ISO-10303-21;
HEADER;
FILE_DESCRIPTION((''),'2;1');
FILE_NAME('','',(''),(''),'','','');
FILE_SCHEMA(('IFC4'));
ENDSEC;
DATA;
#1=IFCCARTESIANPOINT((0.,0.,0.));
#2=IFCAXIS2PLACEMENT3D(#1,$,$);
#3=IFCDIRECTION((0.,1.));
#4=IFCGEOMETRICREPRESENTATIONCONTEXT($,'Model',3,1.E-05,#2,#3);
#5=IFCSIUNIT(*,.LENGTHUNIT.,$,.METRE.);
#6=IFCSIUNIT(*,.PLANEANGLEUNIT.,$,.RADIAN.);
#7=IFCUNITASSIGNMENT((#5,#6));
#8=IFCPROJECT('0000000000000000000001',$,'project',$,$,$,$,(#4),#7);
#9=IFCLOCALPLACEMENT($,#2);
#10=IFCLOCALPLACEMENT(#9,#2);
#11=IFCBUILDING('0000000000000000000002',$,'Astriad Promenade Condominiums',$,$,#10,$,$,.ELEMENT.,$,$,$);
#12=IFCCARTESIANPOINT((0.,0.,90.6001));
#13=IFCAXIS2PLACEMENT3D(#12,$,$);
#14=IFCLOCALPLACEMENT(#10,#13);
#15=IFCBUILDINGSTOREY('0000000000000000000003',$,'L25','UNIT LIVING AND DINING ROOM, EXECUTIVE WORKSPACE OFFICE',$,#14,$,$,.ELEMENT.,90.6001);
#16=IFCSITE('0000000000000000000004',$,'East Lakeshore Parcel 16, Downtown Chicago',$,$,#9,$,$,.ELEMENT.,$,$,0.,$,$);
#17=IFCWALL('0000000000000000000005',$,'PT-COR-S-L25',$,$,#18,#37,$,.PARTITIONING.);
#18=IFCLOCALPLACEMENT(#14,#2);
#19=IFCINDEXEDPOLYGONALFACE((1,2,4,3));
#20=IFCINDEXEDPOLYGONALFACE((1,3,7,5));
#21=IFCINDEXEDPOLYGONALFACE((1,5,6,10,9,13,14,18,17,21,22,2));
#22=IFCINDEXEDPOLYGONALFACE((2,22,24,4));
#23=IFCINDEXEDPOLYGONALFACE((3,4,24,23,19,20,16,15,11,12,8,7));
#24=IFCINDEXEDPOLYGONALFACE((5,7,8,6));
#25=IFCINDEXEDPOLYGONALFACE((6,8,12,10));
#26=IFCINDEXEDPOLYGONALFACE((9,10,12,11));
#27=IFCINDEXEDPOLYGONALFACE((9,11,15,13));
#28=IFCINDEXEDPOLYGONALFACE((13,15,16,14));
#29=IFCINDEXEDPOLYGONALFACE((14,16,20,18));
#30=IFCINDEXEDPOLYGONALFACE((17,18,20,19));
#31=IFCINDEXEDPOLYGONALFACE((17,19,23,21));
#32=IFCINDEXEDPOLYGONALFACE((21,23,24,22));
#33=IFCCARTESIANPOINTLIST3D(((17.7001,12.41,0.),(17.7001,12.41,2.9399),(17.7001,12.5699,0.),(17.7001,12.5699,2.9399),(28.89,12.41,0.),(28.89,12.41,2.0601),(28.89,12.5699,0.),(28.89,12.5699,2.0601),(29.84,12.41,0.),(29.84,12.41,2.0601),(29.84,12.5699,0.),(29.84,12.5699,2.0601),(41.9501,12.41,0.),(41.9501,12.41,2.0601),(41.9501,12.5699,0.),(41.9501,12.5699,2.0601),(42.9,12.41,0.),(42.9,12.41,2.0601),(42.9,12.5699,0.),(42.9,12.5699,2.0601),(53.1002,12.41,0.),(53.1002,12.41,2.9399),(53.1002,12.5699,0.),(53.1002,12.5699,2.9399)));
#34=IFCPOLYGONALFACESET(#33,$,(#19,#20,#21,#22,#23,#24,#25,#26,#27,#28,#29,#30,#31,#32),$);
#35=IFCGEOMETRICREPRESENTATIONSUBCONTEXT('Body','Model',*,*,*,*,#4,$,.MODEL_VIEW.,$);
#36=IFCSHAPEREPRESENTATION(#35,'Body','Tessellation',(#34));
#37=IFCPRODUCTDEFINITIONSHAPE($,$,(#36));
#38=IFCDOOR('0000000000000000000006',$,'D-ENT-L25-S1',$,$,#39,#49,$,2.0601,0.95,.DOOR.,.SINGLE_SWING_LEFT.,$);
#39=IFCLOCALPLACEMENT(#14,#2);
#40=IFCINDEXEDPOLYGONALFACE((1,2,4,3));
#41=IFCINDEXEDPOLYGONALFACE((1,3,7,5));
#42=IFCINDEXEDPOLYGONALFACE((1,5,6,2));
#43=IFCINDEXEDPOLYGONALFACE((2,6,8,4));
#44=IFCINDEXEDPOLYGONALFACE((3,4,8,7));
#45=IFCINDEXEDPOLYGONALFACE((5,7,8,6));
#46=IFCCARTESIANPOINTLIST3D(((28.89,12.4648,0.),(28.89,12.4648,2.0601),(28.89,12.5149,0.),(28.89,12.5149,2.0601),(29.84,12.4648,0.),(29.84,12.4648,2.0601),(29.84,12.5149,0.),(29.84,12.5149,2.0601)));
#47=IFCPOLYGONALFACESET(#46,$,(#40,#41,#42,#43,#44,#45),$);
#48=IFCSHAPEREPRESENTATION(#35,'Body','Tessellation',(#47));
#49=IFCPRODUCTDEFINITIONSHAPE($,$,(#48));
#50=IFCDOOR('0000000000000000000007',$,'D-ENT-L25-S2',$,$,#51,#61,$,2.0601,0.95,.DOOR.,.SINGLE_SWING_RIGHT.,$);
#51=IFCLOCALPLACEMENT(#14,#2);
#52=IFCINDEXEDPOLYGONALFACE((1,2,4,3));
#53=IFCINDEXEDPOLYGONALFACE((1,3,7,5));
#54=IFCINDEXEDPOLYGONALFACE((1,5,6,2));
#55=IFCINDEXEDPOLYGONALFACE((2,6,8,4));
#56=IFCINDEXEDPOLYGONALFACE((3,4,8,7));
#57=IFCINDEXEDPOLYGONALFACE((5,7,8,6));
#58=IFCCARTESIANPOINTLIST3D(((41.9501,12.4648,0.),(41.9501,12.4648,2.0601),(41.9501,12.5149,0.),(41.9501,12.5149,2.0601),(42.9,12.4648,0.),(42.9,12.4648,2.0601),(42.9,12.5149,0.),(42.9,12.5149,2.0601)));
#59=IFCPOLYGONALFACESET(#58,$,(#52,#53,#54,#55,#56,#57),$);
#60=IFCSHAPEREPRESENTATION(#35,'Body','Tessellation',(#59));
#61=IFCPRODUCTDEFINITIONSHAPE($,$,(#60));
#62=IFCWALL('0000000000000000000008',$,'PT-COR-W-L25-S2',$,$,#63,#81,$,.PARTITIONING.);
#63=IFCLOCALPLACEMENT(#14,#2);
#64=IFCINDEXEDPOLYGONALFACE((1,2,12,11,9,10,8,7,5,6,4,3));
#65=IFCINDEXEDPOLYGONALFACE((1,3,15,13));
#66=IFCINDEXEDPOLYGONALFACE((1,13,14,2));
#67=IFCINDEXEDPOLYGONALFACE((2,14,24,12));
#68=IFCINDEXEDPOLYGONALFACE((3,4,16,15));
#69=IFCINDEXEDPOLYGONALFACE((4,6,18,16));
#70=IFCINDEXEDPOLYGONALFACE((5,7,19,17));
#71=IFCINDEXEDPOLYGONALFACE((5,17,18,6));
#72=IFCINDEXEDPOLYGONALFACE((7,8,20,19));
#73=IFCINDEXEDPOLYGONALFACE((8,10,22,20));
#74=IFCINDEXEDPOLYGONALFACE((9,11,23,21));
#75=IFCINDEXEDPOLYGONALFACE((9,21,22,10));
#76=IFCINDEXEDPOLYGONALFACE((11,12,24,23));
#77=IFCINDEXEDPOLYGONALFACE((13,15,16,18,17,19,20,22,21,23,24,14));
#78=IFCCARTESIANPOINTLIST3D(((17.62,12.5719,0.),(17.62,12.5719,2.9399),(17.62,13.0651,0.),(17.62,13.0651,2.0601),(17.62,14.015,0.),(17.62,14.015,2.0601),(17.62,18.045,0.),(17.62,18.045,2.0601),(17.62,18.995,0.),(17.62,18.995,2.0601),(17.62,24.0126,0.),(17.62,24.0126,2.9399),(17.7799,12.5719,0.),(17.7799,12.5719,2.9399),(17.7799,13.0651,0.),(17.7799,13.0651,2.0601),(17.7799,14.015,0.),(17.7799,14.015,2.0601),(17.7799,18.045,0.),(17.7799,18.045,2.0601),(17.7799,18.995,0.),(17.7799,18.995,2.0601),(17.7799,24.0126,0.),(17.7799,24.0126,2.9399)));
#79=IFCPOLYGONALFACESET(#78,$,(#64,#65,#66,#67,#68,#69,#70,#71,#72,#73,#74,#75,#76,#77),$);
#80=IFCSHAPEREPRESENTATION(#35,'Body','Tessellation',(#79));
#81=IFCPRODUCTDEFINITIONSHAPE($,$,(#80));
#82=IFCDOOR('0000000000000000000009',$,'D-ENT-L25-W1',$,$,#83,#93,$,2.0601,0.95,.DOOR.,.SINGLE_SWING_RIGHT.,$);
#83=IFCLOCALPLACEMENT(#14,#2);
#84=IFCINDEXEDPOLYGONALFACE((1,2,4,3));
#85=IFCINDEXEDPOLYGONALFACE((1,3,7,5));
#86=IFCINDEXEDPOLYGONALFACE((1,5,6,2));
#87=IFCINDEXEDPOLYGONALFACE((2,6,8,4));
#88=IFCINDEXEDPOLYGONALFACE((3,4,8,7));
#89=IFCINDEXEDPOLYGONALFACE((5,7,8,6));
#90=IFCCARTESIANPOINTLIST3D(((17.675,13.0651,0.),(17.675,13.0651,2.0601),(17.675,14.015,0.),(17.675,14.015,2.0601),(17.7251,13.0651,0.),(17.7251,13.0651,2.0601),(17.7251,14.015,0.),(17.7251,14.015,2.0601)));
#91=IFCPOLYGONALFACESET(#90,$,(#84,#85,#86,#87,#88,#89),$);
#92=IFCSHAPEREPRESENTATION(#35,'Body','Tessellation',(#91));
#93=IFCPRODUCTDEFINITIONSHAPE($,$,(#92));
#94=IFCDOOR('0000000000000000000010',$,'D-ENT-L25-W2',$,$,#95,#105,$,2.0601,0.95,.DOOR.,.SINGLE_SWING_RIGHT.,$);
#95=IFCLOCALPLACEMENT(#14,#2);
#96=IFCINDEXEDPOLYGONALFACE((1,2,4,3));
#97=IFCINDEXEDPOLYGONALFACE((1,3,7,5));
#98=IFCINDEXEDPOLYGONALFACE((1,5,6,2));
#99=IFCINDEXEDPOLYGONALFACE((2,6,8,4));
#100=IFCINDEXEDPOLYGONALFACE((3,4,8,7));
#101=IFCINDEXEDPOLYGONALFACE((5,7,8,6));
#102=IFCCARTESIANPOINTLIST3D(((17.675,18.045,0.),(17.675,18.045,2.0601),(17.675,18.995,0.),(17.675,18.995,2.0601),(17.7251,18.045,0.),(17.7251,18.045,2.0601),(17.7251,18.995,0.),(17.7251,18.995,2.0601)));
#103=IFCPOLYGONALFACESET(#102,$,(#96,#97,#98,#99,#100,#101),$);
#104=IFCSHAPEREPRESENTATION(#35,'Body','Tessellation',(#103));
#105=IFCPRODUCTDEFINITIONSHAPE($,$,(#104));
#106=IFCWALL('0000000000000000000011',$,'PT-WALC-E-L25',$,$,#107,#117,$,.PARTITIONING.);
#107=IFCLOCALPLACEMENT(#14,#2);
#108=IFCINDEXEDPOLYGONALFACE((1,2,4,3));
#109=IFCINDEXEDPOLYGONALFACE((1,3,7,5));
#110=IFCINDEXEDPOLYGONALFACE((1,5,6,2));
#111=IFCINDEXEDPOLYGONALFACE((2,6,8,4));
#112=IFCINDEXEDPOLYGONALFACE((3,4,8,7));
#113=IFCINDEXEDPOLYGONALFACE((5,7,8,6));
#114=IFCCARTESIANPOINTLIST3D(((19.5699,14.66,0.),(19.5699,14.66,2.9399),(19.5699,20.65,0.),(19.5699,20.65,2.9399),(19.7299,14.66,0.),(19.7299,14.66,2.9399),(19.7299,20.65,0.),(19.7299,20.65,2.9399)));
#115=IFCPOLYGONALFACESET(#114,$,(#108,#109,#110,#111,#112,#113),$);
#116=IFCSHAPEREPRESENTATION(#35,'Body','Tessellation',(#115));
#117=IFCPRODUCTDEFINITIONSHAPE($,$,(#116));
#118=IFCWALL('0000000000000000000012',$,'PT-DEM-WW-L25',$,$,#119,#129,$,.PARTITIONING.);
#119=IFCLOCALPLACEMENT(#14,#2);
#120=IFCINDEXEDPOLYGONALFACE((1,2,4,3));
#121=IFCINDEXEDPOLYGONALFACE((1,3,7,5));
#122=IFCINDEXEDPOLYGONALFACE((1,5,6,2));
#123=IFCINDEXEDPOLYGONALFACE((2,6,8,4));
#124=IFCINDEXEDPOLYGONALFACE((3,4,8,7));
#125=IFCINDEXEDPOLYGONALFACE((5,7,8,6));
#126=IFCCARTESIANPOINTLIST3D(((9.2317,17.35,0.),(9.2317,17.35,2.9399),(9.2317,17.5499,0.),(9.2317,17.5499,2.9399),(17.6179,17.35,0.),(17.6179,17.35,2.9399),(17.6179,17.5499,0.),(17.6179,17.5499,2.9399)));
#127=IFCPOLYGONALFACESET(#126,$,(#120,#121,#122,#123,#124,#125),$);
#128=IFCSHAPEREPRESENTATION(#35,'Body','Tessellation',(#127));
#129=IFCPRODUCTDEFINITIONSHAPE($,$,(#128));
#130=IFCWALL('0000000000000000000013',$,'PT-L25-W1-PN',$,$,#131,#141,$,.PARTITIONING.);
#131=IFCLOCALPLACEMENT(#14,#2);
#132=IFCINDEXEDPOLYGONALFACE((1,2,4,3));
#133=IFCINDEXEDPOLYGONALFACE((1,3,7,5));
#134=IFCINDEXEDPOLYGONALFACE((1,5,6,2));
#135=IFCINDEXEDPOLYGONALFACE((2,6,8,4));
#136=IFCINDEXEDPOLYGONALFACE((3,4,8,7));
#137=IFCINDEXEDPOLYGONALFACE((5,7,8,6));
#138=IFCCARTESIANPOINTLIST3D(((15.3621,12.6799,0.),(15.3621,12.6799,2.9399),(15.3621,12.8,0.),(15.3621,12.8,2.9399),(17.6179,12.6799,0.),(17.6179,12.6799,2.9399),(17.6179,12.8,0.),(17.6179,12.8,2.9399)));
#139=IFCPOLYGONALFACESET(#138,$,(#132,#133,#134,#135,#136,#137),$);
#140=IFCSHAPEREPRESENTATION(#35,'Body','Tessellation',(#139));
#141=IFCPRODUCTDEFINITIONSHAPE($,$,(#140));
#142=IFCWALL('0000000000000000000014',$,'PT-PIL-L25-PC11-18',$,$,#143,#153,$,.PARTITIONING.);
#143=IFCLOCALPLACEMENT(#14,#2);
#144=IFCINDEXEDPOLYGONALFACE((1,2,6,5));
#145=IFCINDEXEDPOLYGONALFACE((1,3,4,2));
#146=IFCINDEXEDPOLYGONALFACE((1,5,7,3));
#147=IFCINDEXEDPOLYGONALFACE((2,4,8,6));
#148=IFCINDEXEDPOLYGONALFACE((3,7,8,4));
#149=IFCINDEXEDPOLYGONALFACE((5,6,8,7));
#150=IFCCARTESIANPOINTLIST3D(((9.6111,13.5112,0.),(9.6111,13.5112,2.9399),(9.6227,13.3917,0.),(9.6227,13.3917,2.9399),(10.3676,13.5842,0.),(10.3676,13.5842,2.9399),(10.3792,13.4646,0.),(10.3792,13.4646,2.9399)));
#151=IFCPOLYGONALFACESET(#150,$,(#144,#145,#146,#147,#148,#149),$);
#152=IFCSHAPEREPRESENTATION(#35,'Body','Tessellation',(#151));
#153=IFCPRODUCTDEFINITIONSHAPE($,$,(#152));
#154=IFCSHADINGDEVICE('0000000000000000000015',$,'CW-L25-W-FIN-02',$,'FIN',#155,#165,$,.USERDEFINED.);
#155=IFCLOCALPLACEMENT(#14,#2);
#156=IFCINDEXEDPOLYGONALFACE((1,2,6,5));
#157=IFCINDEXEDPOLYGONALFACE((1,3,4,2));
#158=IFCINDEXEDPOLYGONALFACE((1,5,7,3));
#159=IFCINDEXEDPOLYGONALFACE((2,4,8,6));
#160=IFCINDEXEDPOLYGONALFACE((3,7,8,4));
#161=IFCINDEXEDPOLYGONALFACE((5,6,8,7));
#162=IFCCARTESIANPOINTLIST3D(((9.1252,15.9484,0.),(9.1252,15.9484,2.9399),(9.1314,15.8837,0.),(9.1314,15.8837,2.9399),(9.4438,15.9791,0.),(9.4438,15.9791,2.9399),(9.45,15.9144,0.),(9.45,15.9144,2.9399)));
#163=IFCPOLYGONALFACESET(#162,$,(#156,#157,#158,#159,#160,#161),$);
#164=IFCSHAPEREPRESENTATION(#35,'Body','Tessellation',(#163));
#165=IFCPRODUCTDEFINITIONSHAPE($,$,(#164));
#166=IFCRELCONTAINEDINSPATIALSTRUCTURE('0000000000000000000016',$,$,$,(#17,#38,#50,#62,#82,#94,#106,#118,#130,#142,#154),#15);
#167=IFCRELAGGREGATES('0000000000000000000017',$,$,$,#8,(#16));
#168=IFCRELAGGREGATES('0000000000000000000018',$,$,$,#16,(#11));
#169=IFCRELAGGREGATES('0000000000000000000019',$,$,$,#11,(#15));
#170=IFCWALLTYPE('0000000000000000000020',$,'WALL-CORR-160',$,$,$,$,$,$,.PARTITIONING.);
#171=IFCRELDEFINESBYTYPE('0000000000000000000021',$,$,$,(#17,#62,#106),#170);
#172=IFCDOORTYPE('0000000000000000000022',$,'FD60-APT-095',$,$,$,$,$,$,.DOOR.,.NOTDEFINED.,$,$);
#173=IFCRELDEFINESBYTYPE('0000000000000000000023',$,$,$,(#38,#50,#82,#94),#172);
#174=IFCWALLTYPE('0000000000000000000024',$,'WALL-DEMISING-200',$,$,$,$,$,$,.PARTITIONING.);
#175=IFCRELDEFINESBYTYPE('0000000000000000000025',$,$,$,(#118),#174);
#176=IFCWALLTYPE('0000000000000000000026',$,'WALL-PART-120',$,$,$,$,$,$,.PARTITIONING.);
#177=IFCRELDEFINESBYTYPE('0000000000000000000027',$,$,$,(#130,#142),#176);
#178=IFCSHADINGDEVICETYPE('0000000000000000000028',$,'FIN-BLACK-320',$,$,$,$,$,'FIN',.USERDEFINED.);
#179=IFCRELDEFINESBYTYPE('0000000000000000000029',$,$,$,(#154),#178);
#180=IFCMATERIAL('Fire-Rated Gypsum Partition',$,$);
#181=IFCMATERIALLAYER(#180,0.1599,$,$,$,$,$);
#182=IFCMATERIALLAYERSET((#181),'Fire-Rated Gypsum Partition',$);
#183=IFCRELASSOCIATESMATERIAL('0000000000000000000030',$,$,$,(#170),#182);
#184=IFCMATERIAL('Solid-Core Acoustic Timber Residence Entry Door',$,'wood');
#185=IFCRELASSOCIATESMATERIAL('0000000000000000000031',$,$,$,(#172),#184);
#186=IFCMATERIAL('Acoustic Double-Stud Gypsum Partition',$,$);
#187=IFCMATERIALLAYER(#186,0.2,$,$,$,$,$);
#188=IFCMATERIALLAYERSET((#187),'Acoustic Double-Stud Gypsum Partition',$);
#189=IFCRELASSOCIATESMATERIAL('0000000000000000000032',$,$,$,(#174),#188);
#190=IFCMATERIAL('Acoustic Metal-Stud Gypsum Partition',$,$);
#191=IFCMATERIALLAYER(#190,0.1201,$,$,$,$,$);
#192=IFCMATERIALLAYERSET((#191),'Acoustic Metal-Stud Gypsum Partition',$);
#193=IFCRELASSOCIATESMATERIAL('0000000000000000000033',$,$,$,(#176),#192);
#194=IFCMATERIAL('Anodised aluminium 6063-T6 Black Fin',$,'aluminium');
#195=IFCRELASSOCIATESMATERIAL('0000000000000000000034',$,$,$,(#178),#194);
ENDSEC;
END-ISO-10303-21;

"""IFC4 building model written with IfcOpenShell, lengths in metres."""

from ifc_helpers import new_model, si_unit, direction, frame, frame_2d, origin, origin_2d, place, context, subcontext, project, spatial, rectangle, extrude, source, transform, mapped, material, layer, layer_set, type_object, type_shapes, element, fill, save


model = new_model("IFC4")

# Units and contexts
model_context = context("Model", 3, precision=1e-05, world=origin(), true_north=direction((0.0, 1.0)))
body_context = subcontext(model_context, "Body", "Model", "MODEL_VIEW")
ifc_project = project(units=[si_unit("LENGTHUNIT", "METRE"), si_unit("PLANEANGLEUNIT", "RADIAN")], contexts=[model_context])

# Site, building, storey
site_placement = place(None, origin())
site = spatial("IfcSite", under=ifc_project, at=site_placement, Name="East Lakeshore Parcel 16, Downtown Chicago", CompositionType="ELEMENT", RefElevation=0.0)
building_placement = place(site_placement, origin())
building = spatial("IfcBuilding", under=site, at=building_placement, Name="Astriad Promenade Condominiums", CompositionType="ELEMENT")
storey_placement = place(building_placement, frame((0.0, 0.0, 90.6001)))
storey = spatial("IfcBuildingStorey", under=building, at=storey_placement, Name="L25", Description="UNIT LIVING AND DINING ROOM, EXECUTIVE WORKSPACE OFFICE", CompositionType="ELEMENT", Elevation=90.6001)

# Walls, openings, doors
ifc_material_1 = material(Name="Fire-Rated Gypsum Partition")
ifc_layer_1 = layer(ifc_material_1, 0.1599)
ifc_layer_set_1 = layer_set([ifc_layer_1], Name="Fire-Rated Gypsum Partition")
wall_type_1 = type_object("IfcWallType", Name="WALL-CORR-160", PredefinedType="PARTITIONING", material=ifc_layer_set_1)
wall_1_placement = place(storey_placement, frame((17.7, 12.49, 0.0), z_axis=(0.0, 0.0, 1.0), x_axis=(1.0, 0.0, 0.0)))
wall_1 = element("IfcWall", 1, at=wall_1_placement, inside=storey, type_object=wall_type_1, Name="PT-COR-S-L25", PredefinedType="PARTITIONING", context=body_context, shape_type="SweptSolid", body=[
    extrude(rectangle(XDim=35.4001, YDim=0.1599, at=frame_2d((17.7002, 0.0))), origin(), (0.0, 0.0, 1.0), 2.9399),
])
opening_1_placement = place(wall_1_placement, frame((11.1899, 0.0, 0.0)))
opening_1 = element("IfcOpeningElement", 2, at=opening_1_placement, cuts=wall_1, PredefinedType="OPENING", context=body_context, shape_type="SweptSolid", body=[
    extrude(rectangle(XDim=0.95, YDim=2.0601, at=frame_2d((0.4751, 1.03))), frame((0.0, 0.0898, 0.0), z_axis=(0.0, -1.0, 0.0), x_axis=(1.0, 0.0, 0.0)), (0.0, 0.0, 1.0), 0.1799),
])
opening_2_placement = place(wall_1_placement, frame((24.25, 0.0, 0.0)))
opening_2 = element("IfcOpeningElement", 3, at=opening_2_placement, cuts=wall_1, PredefinedType="OPENING", context=body_context, shape_type="SweptSolid", body=[
    extrude(rectangle(XDim=0.95, YDim=2.0601, at=frame_2d((0.4751, 1.03))), frame((0.0, 0.0898, 0.0), z_axis=(0.0, -1.0, 0.0), x_axis=(1.0, 0.0, 0.0)), (0.0, 0.0, 1.0), 0.1799),
])
ifc_material_2 = material(Name="Solid-Core Acoustic Timber Residence Entry Door", Category="wood")
door_type = type_object("IfcDoorType", Name="FD60-APT-095", OperationType="NOTDEFINED", PredefinedType="DOOR", material=ifc_material_2)
shared_shape_1 = source(origin(), body_context, "Body", "SweptSolid", [
    extrude(rectangle(XDim=0.95, YDim=2.0601, at=frame_2d((0.4751, 1.03))), frame((0.0, 0.0249, 0.0), z_axis=(0.0, -1.0, 0.0), x_axis=(1.0, 0.0, 0.0)), (0.0, 0.0, 1.0), 0.05),
])
type_shapes(door_type, [shared_shape_1])
door_1_placement = place(opening_1_placement, origin())
door_1 = element("IfcDoor", 4, at=door_1_placement, inside=storey, type_object=door_type, Name="D-ENT-L25-S1", OperationType="SINGLE_SWING_LEFT", OverallHeight=2.0601, OverallWidth=0.95, PredefinedType="DOOR", context=body_context, shape_type="MappedRepresentation", body=[
    mapped(shared_shape_1, transform((0.0, 0.0, 0.0), scale=1.0)),
])
fill(opening_1, door_1)
door_2_placement = place(opening_2_placement, origin())
door_2 = element("IfcDoor", 5, at=door_2_placement, inside=storey, type_object=door_type, Name="D-ENT-L25-S2", OperationType="SINGLE_SWING_RIGHT", OverallHeight=2.0601, OverallWidth=0.95, PredefinedType="DOOR", context=body_context, shape_type="MappedRepresentation", body=[
    mapped(shared_shape_1, transform((0.0, 0.0, 0.0), scale=1.0)),
])
fill(opening_2, door_2)
wall_2_placement = place(storey_placement, frame((17.7, 12.572, 0.0), z_axis=(0.0, 0.0, 1.0), x_axis=(0.0, 1.0, 0.0)))
wall_2 = element("IfcWall", 6, at=wall_2_placement, inside=storey, type_object=wall_type_1, Name="PT-COR-W-L25-S2", PredefinedType="PARTITIONING", context=body_context, shape_type="SweptSolid", body=[
    extrude(rectangle(XDim=11.4407, YDim=0.1599, at=frame_2d((5.7202, 0.0))), origin(), (0.0, 0.0, 1.0), 2.9399),
])
opening_3_placement = place(wall_2_placement, frame((0.4929, 0.0, 0.0)))
opening_3 = element("IfcOpeningElement", 7, at=opening_3_placement, cuts=wall_2, PredefinedType="OPENING", context=body_context, shape_type="SweptSolid", body=[
    extrude(rectangle(XDim=0.95, YDim=2.0601, at=frame_2d((0.4751, 1.03))), frame((0.0, 0.0898, 0.0), z_axis=(0.0, -1.0, 0.0), x_axis=(1.0, 0.0, 0.0)), (0.0, 0.0, 1.0), 0.1799),
])
opening_4_placement = place(wall_2_placement, frame((5.4729, 0.0, 0.0)))
opening_4 = element("IfcOpeningElement", 8, at=opening_4_placement, cuts=wall_2, PredefinedType="OPENING", context=body_context, shape_type="SweptSolid", body=[
    extrude(rectangle(XDim=0.95, YDim=2.0601, at=frame_2d((0.4751, 1.03))), frame((0.0, 0.0898, 0.0), z_axis=(0.0, -1.0, 0.0), x_axis=(1.0, 0.0, 0.0)), (0.0, 0.0, 1.0), 0.1799),
])
door_3_placement = place(opening_3_placement, origin())
door_3 = element("IfcDoor", 9, at=door_3_placement, inside=storey, type_object=door_type, Name="D-ENT-L25-W1", OperationType="SINGLE_SWING_RIGHT", OverallHeight=2.0601, OverallWidth=0.95, PredefinedType="DOOR", context=body_context, shape_type="MappedRepresentation", body=[
    mapped(shared_shape_1, transform((0.0, 0.0, 0.0), scale=1.0)),
])
fill(opening_3, door_3)
door_4_placement = place(opening_4_placement, origin())
door_4 = element("IfcDoor", 10, at=door_4_placement, inside=storey, type_object=door_type, Name="D-ENT-L25-W2", OperationType="SINGLE_SWING_RIGHT", OverallHeight=2.0601, OverallWidth=0.95, PredefinedType="DOOR", context=body_context, shape_type="MappedRepresentation", body=[
    mapped(shared_shape_1, transform((0.0, 0.0, 0.0), scale=1.0)),
])
fill(opening_4, door_4)

# Walls
wall_3_placement = place(storey_placement, frame((19.6499, 14.6599, 0.0), z_axis=(0.0, 0.0, 1.0), x_axis=(0.0, 1.0, 0.0)))
element("IfcWall", 11, at=wall_3_placement, inside=storey, type_object=wall_type_1, Name="PT-WALC-E-L25", PredefinedType="PARTITIONING", context=body_context, shape_type="SweptSolid", body=[
    extrude(rectangle(XDim=5.99, YDim=0.1599, at=frame_2d((2.9951, 0.0))), origin(), (0.0, 0.0, 1.0), 2.9399),
])
ifc_material_3 = material(Name="Acoustic Double-Stud Gypsum Partition")
ifc_layer_2 = layer(ifc_material_3, 0.2)
ifc_layer_set_2 = layer_set([ifc_layer_2], Name="Acoustic Double-Stud Gypsum Partition")
wall_type_2 = type_object("IfcWallType", Name="WALL-DEMISING-200", PredefinedType="PARTITIONING", material=ifc_layer_set_2)
wall_4_placement = place(storey_placement, frame((9.2317, 17.45, 0.0), z_axis=(0.0, 0.0, 1.0), x_axis=(1.0, 0.0, 0.0)))
element("IfcWall", 12, at=wall_4_placement, inside=storey, type_object=wall_type_2, Name="PT-DEM-WW-L25", PredefinedType="PARTITIONING", context=body_context, shape_type="SweptSolid", body=[
    extrude(rectangle(XDim=8.3862, YDim=0.2, at=frame_2d((4.1931, 0.0))), origin(), (0.0, 0.0, 1.0), 2.9399),
])
ifc_material_4 = material(Name="Acoustic Metal-Stud Gypsum Partition")
ifc_layer_3 = layer(ifc_material_4, 0.1201)
ifc_layer_set_3 = layer_set([ifc_layer_3], Name="Acoustic Metal-Stud Gypsum Partition")
wall_type_3 = type_object("IfcWallType", Name="WALL-PART-120", PredefinedType="PARTITIONING", material=ifc_layer_set_3)
wall_5_placement = place(storey_placement, frame((15.3621, 12.74, 0.0), z_axis=(0.0, 0.0, 1.0), x_axis=(1.0, 0.0, 0.0)))
element("IfcWall", 13, at=wall_5_placement, inside=storey, type_object=wall_type_3, Name="PT-L25-W1-PN", PredefinedType="PARTITIONING", context=body_context, shape_type="SweptSolid", body=[
    extrude(rectangle(XDim=2.2559, YDim=0.1201, at=frame_2d((1.1279, 0.0))), origin(), (0.0, 0.0, 1.0), 2.9399),
])
wall_6_placement = place(storey_placement, frame((10.3733, 13.5244, 0.0), z_axis=(0.0, 0.0, 1.0), x_axis=(-0.995378, -0.096037, 0.0)))
element("IfcWall", 14, at=wall_6_placement, inside=storey, type_object=wall_type_3, Name="PT-PIL-L25-PC11-18", PredefinedType="PARTITIONING", context=body_context, shape_type="SweptSolid", body=[
    extrude(rectangle(XDim=0.76, YDim=0.1201, at=frame_2d((0.3799, 0.0))), origin(), (0.0, 0.0, 1.0), 2.9399),
])

# Shading device
ifc_material_5 = material(Name="Anodised aluminium 6063-T6 Black Fin", Category="aluminium")
shading_device_type = type_object("IfcShadingDeviceType", Name="FIN-BLACK-320", ElementType="FIN", PredefinedType="USERDEFINED", material=ifc_material_5)
shared_shape_2 = source(origin(), body_context, "Body", "SweptSolid", [
    extrude(rectangle(XDim=0.0649, YDim=0.3201, at=origin_2d()), origin(), (0.0, 0.0, 1.0), 2.9399),
])
type_shapes(shading_device_type, [shared_shape_2])
shading_device_placement = place(storey_placement, frame((9.2876, 15.9314, 0.0), z_axis=(0.0, 0.0, 1.0), x_axis=(-0.095846, 0.995396, 0.0)))
element("IfcShadingDevice", 15, at=shading_device_placement, inside=storey, type_object=shading_device_type, Name="CW-L25-W-FIN-02", ObjectType="FIN", PredefinedType="USERDEFINED", context=body_context, shape_type="MappedRepresentation", body=[
    mapped(shared_shape_2, transform((0.0, 0.0, 0.0), scale=1.0)),
])

save(model, "model.ifc")
